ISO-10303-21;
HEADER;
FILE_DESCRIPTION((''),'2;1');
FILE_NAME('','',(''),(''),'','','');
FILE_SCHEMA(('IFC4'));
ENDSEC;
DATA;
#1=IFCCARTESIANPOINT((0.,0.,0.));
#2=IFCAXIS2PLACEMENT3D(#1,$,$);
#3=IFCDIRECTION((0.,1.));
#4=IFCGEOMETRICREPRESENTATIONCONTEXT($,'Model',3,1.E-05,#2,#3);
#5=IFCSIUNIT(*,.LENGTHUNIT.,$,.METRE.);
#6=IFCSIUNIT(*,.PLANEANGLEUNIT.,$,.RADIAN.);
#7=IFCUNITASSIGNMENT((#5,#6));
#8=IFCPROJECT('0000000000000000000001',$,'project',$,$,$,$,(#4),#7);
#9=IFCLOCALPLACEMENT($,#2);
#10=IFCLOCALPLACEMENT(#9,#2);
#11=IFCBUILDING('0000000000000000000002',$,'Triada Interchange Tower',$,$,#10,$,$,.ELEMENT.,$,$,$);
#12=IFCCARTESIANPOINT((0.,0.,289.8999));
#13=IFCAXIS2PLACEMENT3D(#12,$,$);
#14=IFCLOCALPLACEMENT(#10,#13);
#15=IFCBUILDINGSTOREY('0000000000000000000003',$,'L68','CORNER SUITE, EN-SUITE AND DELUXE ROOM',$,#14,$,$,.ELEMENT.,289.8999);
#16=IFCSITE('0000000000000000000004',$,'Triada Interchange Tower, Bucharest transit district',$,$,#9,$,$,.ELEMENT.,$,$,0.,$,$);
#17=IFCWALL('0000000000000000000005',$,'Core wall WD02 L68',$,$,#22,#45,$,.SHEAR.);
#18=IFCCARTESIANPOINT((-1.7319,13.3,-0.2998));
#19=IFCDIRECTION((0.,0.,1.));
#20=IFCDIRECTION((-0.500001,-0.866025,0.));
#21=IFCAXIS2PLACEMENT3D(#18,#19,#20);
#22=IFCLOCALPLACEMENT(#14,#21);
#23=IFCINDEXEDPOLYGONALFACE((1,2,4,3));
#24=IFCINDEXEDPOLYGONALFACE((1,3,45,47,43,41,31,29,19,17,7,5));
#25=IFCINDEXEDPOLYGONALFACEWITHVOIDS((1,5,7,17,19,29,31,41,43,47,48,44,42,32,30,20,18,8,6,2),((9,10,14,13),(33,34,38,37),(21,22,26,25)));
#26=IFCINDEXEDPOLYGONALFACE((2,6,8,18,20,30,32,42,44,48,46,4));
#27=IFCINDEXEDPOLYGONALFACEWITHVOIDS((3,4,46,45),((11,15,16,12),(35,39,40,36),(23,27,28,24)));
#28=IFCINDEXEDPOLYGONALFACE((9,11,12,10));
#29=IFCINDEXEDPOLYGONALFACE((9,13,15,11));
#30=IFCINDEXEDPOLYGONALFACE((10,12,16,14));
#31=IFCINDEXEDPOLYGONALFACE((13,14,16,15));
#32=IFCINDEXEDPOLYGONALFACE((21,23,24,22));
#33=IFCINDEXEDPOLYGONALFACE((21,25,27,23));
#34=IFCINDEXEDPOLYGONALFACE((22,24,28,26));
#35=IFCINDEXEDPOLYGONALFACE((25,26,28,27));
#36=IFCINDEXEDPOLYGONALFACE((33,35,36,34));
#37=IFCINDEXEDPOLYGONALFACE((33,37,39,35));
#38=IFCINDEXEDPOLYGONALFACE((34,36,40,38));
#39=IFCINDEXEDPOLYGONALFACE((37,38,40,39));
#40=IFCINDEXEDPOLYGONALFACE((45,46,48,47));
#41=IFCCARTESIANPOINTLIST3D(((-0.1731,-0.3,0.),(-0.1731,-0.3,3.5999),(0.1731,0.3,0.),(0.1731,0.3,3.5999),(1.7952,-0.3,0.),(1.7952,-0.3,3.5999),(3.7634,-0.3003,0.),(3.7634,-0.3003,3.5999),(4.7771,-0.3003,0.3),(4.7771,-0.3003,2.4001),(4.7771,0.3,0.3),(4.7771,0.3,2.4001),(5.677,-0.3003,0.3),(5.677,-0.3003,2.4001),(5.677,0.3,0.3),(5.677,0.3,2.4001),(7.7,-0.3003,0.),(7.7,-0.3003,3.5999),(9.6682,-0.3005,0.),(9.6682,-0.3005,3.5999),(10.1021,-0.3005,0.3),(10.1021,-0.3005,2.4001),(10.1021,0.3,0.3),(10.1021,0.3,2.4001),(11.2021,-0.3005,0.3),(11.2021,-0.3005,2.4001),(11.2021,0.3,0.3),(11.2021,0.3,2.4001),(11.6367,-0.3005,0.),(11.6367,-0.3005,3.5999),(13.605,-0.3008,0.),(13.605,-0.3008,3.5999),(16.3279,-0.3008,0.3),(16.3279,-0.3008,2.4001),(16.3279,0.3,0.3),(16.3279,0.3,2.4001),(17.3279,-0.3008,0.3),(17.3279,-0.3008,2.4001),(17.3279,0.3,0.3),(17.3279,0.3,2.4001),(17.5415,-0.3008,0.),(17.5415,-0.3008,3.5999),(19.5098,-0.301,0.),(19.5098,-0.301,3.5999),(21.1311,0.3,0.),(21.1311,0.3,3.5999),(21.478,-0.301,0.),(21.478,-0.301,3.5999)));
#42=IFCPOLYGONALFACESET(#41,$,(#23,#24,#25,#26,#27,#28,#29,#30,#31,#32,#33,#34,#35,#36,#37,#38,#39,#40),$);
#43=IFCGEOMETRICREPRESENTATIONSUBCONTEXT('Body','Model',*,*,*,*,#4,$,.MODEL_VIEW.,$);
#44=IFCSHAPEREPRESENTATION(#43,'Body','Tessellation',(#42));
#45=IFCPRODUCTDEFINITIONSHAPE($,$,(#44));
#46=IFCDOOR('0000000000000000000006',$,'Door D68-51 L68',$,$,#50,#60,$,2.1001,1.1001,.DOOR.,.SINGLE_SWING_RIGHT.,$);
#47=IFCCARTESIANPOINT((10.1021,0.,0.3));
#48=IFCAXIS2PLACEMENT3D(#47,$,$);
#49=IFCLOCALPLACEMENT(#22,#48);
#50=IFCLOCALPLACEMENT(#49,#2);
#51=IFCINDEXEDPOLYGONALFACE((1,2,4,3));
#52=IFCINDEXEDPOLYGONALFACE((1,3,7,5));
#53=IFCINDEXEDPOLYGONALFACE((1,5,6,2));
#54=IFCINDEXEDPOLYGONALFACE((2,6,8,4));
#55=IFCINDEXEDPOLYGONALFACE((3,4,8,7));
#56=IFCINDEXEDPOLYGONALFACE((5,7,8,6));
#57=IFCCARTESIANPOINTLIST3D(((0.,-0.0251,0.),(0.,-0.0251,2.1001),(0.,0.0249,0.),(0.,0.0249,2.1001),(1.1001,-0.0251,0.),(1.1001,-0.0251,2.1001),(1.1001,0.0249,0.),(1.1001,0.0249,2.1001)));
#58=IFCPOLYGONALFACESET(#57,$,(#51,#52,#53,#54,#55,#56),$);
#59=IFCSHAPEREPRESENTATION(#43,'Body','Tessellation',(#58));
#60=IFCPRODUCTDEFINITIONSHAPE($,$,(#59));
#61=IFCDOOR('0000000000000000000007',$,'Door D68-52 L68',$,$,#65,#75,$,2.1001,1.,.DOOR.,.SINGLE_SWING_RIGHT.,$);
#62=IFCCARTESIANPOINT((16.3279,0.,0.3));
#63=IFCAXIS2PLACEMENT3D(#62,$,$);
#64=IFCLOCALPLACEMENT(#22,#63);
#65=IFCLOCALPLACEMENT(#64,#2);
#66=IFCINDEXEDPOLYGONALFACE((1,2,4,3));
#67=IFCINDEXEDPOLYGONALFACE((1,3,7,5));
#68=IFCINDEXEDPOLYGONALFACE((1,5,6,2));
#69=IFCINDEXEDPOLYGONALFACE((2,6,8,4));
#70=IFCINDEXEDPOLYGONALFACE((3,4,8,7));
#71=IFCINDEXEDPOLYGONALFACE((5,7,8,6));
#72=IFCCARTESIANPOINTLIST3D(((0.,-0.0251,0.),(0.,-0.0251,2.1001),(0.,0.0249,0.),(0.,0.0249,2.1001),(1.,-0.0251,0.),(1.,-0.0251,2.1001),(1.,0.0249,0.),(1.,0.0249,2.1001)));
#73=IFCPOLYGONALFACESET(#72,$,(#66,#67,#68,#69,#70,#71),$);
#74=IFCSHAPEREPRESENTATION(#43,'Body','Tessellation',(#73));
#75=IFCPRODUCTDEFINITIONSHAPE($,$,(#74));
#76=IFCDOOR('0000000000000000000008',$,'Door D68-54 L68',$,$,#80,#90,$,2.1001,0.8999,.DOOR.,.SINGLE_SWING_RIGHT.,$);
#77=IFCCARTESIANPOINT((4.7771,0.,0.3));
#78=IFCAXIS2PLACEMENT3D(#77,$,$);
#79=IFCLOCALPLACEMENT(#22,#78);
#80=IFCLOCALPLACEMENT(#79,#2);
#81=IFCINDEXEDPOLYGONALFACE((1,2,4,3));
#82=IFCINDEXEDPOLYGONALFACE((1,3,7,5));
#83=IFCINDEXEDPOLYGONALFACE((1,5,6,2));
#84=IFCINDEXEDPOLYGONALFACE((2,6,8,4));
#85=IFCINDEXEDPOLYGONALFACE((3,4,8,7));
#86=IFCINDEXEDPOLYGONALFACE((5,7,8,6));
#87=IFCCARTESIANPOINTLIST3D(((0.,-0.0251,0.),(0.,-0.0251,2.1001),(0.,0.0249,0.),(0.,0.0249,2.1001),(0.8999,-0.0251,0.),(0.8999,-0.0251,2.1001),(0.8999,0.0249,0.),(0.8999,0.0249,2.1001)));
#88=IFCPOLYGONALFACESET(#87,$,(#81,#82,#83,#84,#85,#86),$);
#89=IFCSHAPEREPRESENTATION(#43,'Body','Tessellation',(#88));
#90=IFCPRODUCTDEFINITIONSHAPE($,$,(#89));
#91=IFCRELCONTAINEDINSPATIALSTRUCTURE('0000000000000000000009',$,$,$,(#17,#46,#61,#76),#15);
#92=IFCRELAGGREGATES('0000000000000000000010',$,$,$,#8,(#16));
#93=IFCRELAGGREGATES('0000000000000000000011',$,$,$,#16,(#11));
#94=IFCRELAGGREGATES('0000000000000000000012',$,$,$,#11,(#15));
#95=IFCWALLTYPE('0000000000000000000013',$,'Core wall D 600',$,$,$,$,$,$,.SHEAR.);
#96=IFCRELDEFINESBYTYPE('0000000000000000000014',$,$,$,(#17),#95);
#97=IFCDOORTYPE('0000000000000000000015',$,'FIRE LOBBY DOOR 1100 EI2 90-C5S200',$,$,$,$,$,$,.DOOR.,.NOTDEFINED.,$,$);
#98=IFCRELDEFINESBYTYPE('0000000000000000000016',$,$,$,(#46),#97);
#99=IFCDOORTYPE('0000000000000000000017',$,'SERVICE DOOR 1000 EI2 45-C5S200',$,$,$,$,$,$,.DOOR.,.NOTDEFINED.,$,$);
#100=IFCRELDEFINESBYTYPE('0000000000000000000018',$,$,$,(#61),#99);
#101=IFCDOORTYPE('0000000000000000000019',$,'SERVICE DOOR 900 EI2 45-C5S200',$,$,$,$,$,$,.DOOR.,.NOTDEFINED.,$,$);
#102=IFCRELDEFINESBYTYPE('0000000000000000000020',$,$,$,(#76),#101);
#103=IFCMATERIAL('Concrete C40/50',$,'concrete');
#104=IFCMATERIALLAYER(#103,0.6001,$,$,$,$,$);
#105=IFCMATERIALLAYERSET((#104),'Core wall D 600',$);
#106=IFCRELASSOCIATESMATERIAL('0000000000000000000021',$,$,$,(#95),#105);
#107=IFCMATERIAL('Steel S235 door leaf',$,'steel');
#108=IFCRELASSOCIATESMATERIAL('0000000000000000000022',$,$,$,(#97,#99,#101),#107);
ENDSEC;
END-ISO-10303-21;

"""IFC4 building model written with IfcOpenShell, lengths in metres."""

from ifc_helpers import new_model, si_unit, direction, frame, frame_2d, origin, place, context, subcontext, project, spatial, polyline, rectangle, outline, extrude, material, layer, layer_set, type_object, element, fill, save


model = new_model("IFC4")

# Units and contexts
model_context = context("Model", 3, precision=1e-05, world=origin(), true_north=direction((0.0, 1.0)))
body_context = subcontext(model_context, "Body", "Model", "MODEL_VIEW")
ifc_project = project(units=[si_unit("LENGTHUNIT", "METRE"), si_unit("PLANEANGLEUNIT", "RADIAN")], contexts=[model_context])

# Site, building, storey
site_placement = place(None, origin())
site = spatial("IfcSite", under=ifc_project, at=site_placement, Name="Triada Interchange Tower, Bucharest transit district", CompositionType="ELEMENT", RefElevation=0.0)
building_placement = place(site_placement, origin())
building = spatial("IfcBuilding", under=site, at=building_placement, Name="Triada Interchange Tower", CompositionType="ELEMENT")
storey_placement = place(building_placement, frame((0.0, 0.0, 289.8999)))
storey = spatial("IfcBuildingStorey", under=building, at=storey_placement, Name="L68", Description="CORNER SUITE, EN-SUITE AND DELUXE ROOM", CompositionType="ELEMENT", Elevation=289.8999)

# Shared definitions
ifc_material_1 = material(Name="Concrete C40/50", Category="concrete")

# Wall, openings, doors
ifc_layer_1 = layer(ifc_material_1, 0.6001)
ifc_layer_set_1 = layer_set([ifc_layer_1], Name="Core wall D 600")
wall_type_1 = type_object("IfcWallType", Name="Core wall D 600", PredefinedType="SHEAR", material=ifc_layer_set_1)
wall_1_placement = place(storey_placement, frame((-1.7319, 13.3, -0.2998), z_axis=(0.0, 0.0, 1.0), x_axis=(-0.500001, -0.866025, 0.0)))
wall_1 = element("IfcWall", 1, at=wall_1_placement, inside=storey, type_object=wall_type_1, Name="Core wall WD02 L68", PredefinedType="SHEAR", context=body_context, shape_type="SweptSolid", body=[
    extrude(outline(polyline([(-0.1731, -0.3), (1.7952, -0.3), (3.7634, -0.3003), (5.7317, -0.3003), (7.7, -0.3003), (9.6682, -0.3005), (11.6367, -0.3005), (13.605, -0.3008), (15.5732, -0.3008), (17.5415, -0.3008), (19.5098, -0.301), (21.478, -0.301), (21.1311, 0.3), (19.2258, 0.3), (17.3206, 0.3), (15.4153, 0.3), (13.51, 0.3), (11.6047, 0.3), (9.6995, 0.3), (7.7942, 0.3), (5.8889, 0.3), (3.9836, 0.3), (2.0784, 0.3), (0.1731, 0.3), (-0.1731, -0.3)])), origin(), (0.0, 0.0, 1.0), 3.5999),
])
opening_1_placement = place(wall_1_placement, frame((10.1021, 0.0, 0.3)))
opening_1 = element("IfcOpeningElement", 2, at=opening_1_placement, cuts=wall_1, PredefinedType="OPENING", context=body_context, shape_type="SweptSolid", body=[
    extrude(rectangle(XDim=1.1001, YDim=2.1001, at=frame_2d((0.55, 1.05))), frame((0.0, 0.3101, 0.0), z_axis=(0.0, -1.0, 0.0), x_axis=(1.0, 0.0, 0.0)), (0.0, 0.0, 1.0), 0.6211),
])
opening_2_placement = place(wall_1_placement, frame((16.3279, 0.0, 0.3)))
opening_2 = element("IfcOpeningElement", 3, at=opening_2_placement, cuts=wall_1, PredefinedType="OPENING", context=body_context, shape_type="SweptSolid", body=[
    extrude(rectangle(XDim=1.0, YDim=2.1001, at=frame_2d((0.5, 1.05))), frame((0.0, 0.3101, 0.0), z_axis=(0.0, -1.0, 0.0), x_axis=(1.0, 0.0, 0.0)), (0.0, 0.0, 1.0), 0.6211),
])
opening_3_placement = place(wall_1_placement, frame((4.7771, 0.0, 0.3)))
opening_3 = element("IfcOpeningElement", 4, at=opening_3_placement, cuts=wall_1, PredefinedType="OPENING", context=body_context, shape_type="SweptSolid", body=[
    extrude(rectangle(XDim=0.8999, YDim=2.1001, at=frame_2d((0.45, 1.05))), frame((0.0, 0.3101, 0.0), z_axis=(0.0, -1.0, 0.0), x_axis=(1.0, 0.0, 0.0)), (0.0, 0.0, 1.0), 0.6211),
])
ifc_material_2 = material(Name="Steel S235 door leaf", Category="steel")
door_type_1 = type_object("IfcDoorType", Name="FIRE LOBBY DOOR 1100 EI2 90-C5S200", OperationType="NOTDEFINED", PredefinedType="DOOR", material=ifc_material_2)
door_1_placement = place(opening_1_placement, origin())
door_1 = element("IfcDoor", 5, at=door_1_placement, inside=storey, type_object=door_type_1, Name="Door D68-51 L68", OperationType="SINGLE_SWING_RIGHT", OverallHeight=2.1001, OverallWidth=1.1001, PredefinedType="DOOR", context=body_context, shape_type="SweptSolid", body=[
    extrude(rectangle(XDim=1.1001, YDim=2.1001, at=frame_2d((0.55, 1.05))), frame((0.0, 0.0249, 0.0), z_axis=(0.0, -1.0, 0.0), x_axis=(1.0, 0.0, 0.0)), (0.0, 0.0, 1.0), 0.05),
])
fill(opening_1, door_1)
door_type_2 = type_object("IfcDoorType", Name="SERVICE DOOR 1000 EI2 45-C5S200", OperationType="NOTDEFINED", PredefinedType="DOOR", material=ifc_material_2)
door_2_placement = place(opening_2_placement, origin())
door_2 = element("IfcDoor", 6, at=door_2_placement, inside=storey, type_object=door_type_2, Name="Door D68-52 L68", OperationType="SINGLE_SWING_RIGHT", OverallHeight=2.1001, OverallWidth=1.0, PredefinedType="DOOR", context=body_context, shape_type="SweptSolid", body=[
    extrude(rectangle(XDim=1.0, YDim=2.1001, at=frame_2d((0.5, 1.05))), frame((0.0, 0.0249, 0.0), z_axis=(0.0, -1.0, 0.0), x_axis=(1.0, 0.0, 0.0)), (0.0, 0.0, 1.0), 0.05),
])
fill(opening_2, door_2)
door_type_3 = type_object("IfcDoorType", Name="SERVICE DOOR 900 EI2 45-C5S200", OperationType="NOTDEFINED", PredefinedType="DOOR", material=ifc_material_2)
door_3_placement = place(opening_3_placement, origin())
door_3 = element("IfcDoor", 7, at=door_3_placement, inside=storey, type_object=door_type_3, Name="Door D68-54 L68", OperationType="SINGLE_SWING_RIGHT", OverallHeight=2.1001, OverallWidth=0.8999, PredefinedType="DOOR", context=body_context, shape_type="SweptSolid", body=[
    extrude(rectangle(XDim=0.8999, YDim=2.1001, at=frame_2d((0.45, 1.05))), frame((0.0, 0.0249, 0.0), z_axis=(0.0, -1.0, 0.0), x_axis=(1.0, 0.0, 0.0)), (0.0, 0.0, 1.0), 0.05),
])
fill(opening_3, door_3)

save(model, "model.ifc")
